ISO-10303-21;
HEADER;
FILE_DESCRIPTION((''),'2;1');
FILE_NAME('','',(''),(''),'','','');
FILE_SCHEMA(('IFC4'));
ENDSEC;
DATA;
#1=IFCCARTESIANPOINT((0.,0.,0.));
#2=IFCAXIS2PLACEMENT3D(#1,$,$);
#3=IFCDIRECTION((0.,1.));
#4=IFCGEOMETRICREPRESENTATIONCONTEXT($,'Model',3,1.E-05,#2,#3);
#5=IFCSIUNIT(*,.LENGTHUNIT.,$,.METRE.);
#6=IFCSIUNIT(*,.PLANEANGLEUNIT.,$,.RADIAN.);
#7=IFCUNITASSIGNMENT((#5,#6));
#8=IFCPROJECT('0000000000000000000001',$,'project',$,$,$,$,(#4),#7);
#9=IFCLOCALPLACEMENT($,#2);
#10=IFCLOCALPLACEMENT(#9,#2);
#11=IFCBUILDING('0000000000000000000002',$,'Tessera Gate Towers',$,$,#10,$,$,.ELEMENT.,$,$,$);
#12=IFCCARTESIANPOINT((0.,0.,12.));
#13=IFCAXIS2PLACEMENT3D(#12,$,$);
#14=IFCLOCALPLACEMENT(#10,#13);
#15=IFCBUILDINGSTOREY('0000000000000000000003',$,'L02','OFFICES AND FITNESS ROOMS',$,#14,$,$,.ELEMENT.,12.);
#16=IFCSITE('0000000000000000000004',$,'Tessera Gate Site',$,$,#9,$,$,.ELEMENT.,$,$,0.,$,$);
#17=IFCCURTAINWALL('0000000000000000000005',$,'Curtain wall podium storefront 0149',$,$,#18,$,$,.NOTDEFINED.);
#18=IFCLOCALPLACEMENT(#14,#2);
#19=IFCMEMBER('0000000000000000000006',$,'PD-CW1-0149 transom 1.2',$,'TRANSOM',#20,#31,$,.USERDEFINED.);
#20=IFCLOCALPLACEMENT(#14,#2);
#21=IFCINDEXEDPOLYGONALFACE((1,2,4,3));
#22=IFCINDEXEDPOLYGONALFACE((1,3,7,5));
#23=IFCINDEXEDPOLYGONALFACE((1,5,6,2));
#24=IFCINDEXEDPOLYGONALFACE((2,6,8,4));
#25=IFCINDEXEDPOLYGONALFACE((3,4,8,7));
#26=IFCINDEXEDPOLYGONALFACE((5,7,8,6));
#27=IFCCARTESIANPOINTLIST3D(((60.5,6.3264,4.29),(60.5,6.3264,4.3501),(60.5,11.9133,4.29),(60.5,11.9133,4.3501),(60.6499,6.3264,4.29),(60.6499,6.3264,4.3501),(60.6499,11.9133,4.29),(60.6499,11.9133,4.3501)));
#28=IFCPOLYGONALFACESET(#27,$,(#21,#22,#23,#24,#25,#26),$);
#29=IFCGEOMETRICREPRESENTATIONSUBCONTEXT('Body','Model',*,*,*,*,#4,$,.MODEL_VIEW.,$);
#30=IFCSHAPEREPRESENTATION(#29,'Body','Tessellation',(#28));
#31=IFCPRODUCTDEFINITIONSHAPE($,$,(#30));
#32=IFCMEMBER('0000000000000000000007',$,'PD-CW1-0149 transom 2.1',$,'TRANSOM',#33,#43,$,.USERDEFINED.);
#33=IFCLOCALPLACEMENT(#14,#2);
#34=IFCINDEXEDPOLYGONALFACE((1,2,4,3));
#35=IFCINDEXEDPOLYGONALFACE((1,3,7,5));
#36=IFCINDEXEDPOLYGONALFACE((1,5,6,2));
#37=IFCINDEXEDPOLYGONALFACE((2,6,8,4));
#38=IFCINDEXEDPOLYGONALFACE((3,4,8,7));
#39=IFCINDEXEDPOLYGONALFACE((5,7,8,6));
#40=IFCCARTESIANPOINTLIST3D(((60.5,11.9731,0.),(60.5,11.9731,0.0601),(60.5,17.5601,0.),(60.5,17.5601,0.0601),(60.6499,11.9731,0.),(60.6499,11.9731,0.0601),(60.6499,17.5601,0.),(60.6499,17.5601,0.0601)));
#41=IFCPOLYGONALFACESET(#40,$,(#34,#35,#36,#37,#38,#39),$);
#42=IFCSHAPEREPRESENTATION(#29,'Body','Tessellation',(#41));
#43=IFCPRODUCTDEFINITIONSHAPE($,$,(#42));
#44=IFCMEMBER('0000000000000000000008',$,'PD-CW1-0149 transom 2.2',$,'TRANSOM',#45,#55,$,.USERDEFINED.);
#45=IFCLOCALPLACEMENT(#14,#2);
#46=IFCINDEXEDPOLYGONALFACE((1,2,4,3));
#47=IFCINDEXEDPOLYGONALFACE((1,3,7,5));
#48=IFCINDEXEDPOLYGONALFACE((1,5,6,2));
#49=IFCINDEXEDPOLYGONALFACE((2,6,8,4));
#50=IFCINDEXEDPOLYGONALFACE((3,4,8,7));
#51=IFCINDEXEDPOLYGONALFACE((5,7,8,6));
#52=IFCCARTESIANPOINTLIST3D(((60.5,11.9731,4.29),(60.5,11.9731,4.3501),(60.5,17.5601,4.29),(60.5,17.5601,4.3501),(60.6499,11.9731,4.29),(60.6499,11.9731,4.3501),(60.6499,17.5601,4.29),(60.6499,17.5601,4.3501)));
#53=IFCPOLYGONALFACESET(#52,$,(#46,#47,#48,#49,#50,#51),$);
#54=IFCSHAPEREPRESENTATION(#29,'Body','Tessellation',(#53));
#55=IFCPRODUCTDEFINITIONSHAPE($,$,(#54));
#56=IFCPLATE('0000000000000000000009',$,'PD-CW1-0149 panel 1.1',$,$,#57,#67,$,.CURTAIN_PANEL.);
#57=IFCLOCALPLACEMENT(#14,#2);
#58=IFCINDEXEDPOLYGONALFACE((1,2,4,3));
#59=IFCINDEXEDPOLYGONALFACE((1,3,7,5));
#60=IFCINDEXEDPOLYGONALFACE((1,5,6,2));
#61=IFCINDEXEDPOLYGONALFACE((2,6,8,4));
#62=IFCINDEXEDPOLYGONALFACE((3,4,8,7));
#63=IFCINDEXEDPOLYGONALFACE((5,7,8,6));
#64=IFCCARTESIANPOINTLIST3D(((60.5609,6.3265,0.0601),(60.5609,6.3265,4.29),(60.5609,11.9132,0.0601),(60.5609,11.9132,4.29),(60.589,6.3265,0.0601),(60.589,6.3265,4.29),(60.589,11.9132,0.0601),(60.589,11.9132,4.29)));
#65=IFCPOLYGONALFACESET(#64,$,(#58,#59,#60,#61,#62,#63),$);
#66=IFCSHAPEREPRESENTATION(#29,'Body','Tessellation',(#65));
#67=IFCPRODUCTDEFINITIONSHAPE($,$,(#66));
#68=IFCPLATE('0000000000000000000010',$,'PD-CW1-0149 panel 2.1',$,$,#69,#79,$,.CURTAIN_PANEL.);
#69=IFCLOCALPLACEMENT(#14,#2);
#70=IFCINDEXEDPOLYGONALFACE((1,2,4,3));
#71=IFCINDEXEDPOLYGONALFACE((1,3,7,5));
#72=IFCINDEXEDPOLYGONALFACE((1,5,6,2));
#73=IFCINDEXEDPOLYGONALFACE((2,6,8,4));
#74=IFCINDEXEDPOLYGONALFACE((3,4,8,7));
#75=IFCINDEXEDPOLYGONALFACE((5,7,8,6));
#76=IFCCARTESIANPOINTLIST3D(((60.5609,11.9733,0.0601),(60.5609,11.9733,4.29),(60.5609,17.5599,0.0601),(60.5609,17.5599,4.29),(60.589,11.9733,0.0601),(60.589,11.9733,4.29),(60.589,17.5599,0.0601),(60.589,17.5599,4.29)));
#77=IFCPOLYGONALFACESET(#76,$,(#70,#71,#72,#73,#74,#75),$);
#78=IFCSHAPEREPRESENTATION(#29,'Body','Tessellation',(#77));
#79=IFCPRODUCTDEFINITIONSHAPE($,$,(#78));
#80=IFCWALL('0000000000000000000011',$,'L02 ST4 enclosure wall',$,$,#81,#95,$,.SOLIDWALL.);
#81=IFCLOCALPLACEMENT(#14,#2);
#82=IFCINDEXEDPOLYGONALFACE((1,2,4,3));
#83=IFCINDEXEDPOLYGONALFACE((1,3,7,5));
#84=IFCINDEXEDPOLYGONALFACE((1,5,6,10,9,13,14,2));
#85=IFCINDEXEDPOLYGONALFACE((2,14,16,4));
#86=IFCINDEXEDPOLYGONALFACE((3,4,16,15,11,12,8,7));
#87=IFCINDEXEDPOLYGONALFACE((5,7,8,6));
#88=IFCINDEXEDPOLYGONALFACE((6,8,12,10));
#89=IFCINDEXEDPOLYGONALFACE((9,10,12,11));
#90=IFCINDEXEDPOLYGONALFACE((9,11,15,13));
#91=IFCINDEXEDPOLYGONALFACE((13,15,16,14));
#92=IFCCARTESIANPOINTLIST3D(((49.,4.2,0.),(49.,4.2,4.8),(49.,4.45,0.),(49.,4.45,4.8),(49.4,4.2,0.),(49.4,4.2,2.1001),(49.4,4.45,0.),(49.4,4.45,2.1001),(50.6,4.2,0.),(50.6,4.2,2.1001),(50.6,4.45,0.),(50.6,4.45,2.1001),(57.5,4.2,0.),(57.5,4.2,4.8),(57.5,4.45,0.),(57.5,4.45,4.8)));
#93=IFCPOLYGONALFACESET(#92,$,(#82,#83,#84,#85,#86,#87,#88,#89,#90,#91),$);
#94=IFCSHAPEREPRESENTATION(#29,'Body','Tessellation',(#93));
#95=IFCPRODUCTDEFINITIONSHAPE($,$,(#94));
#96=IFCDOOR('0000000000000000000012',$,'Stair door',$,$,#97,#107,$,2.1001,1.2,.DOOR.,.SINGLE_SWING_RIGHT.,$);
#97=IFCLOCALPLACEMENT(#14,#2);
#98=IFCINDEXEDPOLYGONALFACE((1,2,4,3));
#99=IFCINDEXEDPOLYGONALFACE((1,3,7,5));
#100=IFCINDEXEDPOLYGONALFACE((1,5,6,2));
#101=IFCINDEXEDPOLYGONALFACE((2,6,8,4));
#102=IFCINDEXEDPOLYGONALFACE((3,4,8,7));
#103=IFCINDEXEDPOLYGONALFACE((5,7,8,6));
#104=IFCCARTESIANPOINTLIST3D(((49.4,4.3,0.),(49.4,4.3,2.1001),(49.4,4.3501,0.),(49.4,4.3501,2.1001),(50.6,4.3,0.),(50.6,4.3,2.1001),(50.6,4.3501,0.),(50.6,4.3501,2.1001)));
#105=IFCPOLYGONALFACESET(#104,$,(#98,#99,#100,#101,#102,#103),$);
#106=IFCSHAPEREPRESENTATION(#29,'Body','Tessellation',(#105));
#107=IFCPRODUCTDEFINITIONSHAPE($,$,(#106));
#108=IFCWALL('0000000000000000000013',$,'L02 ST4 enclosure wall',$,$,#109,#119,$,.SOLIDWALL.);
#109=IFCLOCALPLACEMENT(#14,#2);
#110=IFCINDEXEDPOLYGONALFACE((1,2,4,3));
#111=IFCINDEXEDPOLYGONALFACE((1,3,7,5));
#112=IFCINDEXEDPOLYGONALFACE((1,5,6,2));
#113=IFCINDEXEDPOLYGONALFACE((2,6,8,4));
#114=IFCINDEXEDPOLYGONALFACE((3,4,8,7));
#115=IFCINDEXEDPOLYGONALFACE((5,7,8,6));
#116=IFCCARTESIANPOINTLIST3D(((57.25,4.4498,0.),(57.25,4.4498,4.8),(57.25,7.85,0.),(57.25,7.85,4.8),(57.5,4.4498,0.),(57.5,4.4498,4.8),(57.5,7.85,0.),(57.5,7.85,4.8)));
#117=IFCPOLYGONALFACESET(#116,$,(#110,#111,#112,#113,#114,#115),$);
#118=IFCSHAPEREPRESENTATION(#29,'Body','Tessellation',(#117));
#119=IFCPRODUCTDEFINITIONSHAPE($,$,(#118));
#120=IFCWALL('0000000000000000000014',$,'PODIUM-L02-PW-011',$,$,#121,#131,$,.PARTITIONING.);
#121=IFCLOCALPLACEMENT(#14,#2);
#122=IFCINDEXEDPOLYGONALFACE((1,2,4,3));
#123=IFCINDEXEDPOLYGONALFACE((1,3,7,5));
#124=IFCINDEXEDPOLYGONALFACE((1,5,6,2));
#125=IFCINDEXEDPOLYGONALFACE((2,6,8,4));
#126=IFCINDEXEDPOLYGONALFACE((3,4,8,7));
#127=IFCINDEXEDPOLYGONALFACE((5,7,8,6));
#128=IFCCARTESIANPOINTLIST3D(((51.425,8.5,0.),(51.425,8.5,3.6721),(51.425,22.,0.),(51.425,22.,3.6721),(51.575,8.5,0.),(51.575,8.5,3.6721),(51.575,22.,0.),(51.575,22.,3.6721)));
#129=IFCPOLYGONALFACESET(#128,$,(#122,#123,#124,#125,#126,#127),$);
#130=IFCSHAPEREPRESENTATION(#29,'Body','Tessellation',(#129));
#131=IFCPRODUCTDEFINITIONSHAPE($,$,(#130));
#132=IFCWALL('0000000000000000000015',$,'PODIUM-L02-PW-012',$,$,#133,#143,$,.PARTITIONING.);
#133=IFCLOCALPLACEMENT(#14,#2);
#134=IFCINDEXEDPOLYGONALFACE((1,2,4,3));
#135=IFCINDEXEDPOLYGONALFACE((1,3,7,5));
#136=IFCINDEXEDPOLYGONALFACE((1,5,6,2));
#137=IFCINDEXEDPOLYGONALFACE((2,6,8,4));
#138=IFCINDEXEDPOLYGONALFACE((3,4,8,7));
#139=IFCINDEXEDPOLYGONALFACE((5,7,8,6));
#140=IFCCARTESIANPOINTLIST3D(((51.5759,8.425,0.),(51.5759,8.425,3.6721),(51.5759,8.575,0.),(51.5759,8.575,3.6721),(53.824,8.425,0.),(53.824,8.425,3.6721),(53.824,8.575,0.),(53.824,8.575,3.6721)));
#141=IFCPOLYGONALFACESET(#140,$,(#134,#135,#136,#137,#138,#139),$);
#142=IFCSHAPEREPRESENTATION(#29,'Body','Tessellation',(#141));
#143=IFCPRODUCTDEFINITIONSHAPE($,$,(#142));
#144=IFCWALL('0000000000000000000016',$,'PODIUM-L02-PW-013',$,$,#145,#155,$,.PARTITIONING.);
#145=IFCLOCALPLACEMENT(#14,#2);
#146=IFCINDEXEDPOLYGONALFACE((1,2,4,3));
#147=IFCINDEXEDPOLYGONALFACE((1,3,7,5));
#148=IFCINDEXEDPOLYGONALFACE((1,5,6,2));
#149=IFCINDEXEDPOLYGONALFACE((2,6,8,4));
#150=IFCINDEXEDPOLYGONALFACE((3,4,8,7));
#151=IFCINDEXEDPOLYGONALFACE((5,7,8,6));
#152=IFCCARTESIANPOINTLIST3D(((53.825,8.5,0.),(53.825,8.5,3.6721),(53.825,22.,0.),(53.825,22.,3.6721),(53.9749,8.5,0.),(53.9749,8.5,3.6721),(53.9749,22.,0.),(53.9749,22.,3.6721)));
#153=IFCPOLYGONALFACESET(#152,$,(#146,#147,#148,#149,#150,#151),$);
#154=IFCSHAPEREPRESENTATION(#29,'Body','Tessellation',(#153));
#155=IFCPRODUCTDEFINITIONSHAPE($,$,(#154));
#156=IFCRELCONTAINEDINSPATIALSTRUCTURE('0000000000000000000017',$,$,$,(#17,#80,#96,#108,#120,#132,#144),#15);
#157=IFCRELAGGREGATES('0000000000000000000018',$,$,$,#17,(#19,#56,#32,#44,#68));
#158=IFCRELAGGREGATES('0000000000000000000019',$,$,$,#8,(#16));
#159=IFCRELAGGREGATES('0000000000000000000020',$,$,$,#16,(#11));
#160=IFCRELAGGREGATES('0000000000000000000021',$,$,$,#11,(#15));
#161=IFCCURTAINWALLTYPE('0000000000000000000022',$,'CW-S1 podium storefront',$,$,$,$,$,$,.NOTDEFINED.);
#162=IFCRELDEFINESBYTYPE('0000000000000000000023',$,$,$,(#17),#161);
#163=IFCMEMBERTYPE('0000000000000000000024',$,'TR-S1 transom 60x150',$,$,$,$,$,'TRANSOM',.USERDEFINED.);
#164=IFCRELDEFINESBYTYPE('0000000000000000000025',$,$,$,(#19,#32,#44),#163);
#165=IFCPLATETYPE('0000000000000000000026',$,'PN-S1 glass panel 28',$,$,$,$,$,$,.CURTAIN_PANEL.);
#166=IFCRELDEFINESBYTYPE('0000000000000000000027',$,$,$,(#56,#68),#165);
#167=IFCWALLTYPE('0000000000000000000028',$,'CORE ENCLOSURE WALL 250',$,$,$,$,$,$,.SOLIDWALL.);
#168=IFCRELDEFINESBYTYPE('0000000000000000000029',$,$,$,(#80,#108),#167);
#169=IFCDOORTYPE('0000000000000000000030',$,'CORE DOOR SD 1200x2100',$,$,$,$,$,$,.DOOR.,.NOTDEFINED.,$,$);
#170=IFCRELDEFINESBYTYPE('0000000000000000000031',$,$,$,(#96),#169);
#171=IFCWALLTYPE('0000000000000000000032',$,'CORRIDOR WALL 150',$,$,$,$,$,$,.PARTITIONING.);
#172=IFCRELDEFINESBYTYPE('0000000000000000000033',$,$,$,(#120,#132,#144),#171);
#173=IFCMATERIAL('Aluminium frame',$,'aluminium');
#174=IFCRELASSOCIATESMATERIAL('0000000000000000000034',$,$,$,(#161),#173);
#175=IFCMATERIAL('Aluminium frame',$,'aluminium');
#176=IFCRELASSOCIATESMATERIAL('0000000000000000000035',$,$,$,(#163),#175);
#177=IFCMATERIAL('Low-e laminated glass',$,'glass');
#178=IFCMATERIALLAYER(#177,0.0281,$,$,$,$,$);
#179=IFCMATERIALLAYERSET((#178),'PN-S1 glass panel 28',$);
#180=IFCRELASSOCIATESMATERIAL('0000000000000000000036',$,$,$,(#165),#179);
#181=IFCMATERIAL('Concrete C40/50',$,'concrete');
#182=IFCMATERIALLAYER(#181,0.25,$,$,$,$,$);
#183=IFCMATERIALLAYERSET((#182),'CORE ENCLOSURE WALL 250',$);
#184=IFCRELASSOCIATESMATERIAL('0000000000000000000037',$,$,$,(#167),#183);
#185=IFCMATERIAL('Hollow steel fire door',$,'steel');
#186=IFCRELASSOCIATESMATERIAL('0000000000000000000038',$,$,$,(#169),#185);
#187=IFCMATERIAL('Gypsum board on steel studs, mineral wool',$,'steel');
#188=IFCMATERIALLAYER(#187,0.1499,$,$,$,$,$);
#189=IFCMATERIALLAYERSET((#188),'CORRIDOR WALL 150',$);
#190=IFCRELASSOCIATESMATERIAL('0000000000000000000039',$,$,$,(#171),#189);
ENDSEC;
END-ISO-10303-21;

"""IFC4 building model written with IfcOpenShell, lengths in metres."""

from ifc_helpers import new_model, si_unit, direction, frame, frame_2d, origin, origin_2d, place, context, subcontext, project, spatial, rectangle, extrude, source, transform, mapped, material, layer, layer_set, material_profile, profile_set, type_object, element, fill, aggregate, save


model = new_model("IFC4")

# Units and contexts
model_context = context("Model", 3, precision=1e-05, world=origin(), true_north=direction((0.0, 1.0)))
body_context = subcontext(model_context, "Body", "Model", "MODEL_VIEW")
ifc_project = project(units=[si_unit("LENGTHUNIT", "METRE"), si_unit("PLANEANGLEUNIT", "RADIAN")], contexts=[model_context])

# Site, building, storey
site_placement = place(None, origin())
site = spatial("IfcSite", under=ifc_project, at=site_placement, Name="Tessera Gate Site", CompositionType="ELEMENT", RefElevation=0.0)
building_placement = place(site_placement, origin())
building = spatial("IfcBuilding", under=site, at=building_placement, Name="Tessera Gate Towers", CompositionType="ELEMENT")
storey_placement = place(building_placement, frame((0.0, 0.0, 12.0)))
storey = spatial("IfcBuildingStorey", under=building, at=storey_placement, Name="L02", Description="OFFICES AND FITNESS ROOMS", CompositionType="ELEMENT", Elevation=12.0)

# Curtain wall, members, plates
ifc_material_1 = material(Name="Aluminium frame", Category="aluminium")
curtain_wall_type = type_object("IfcCurtainWallType", Name="CW-S1 podium storefront", PredefinedType="NOTDEFINED", material=ifc_material_1)
curtain_wall_placement = place(storey_placement, origin())
curtain_wall = element("IfcCurtainWall", 1, at=curtain_wall_placement, inside=storey, type_object=curtain_wall_type, Name="Curtain wall podium storefront 0149", PredefinedType="NOTDEFINED")
ifc_material_2 = material(Name="Aluminium frame", Category="aluminium")
ifc_material_profile_1 = material_profile(ifc_material_2, rectangle(XDim=0.1499, YDim=0.0601, at=origin_2d()), Name="AL 60x150")
ifc_profile_set_1 = profile_set([ifc_material_profile_1], Name="Aluminium frame")
member_type_1 = type_object("IfcMemberType", Name="TR-S1 transom 60x150", ElementType="TRANSOM", PredefinedType="USERDEFINED", material=ifc_profile_set_1)
member_1_placement = place(storey_placement, frame((60.575, 6.3264, 4.3201), z_axis=(0.0, 1.0, 0.0), x_axis=(-1.0, 0.0, 0.0)))
member_1 = element("IfcMember", 2, at=member_1_placement, type_object=member_type_1, Name="PD-CW1-0149 transom 1.2", ObjectType="TRANSOM", PredefinedType="USERDEFINED", context=body_context, shape_type="SweptSolid", body=[
    extrude(rectangle(XDim=0.1499, YDim=0.0601, at=origin_2d()), origin(), (0.0, 0.0, 1.0), 5.5869),
])
member_2_placement = place(storey_placement, frame((60.575, 11.9731, 0.03), z_axis=(0.0, 1.0, 0.0), x_axis=(-1.0, 0.0, 0.0)))
member_2 = element("IfcMember", 3, at=member_2_placement, type_object=member_type_1, Name="PD-CW1-0149 transom 2.1", ObjectType="TRANSOM", PredefinedType="USERDEFINED", context=body_context, shape_type="SweptSolid", body=[
    extrude(rectangle(XDim=0.1499, YDim=0.0601, at=origin_2d()), origin(), (0.0, 0.0, 1.0), 5.5869),
])
member_3_placement = place(storey_placement, frame((60.575, 11.9731, 4.3201), z_axis=(0.0, 1.0, 0.0), x_axis=(-1.0, 0.0, 0.0)))
member_3 = element("IfcMember", 4, at=member_3_placement, type_object=member_type_1, Name="PD-CW1-0149 transom 2.2", ObjectType="TRANSOM", PredefinedType="USERDEFINED", context=body_context, shape_type="SweptSolid", body=[
    extrude(rectangle(XDim=0.1499, YDim=0.0601, at=origin_2d()), origin(), (0.0, 0.0, 1.0), 5.5869),
])
ifc_material_3 = material(Name="Low-e laminated glass", Category="glass")
ifc_layer_1 = layer(ifc_material_3, 0.0281)
ifc_layer_set_1 = layer_set([ifc_layer_1], Name="PN-S1 glass panel 28")
plate_type = type_object("IfcPlateType", Name="PN-S1 glass panel 28", PredefinedType="CURTAIN_PANEL", material=ifc_layer_set_1)
plate_1_placement = place(storey_placement, frame((60.575, 9.1199, 0.0601), z_axis=(0.0, 0.0, 1.0), x_axis=(0.0, 1.0, 0.0)))
plate_1 = element("IfcPlate", 5, at=plate_1_placement, type_object=plate_type, Name="PD-CW1-0149 panel 1.1", PredefinedType="CURTAIN_PANEL", context=body_context, shape_type="SweptSolid", body=[
    extrude(rectangle(XDim=5.5867, YDim=0.0281, at=origin_2d()), origin(), (0.0, 0.0, 1.0), 4.23),
])
plate_2_placement = place(storey_placement, frame((60.575, 14.7666, 0.0601), z_axis=(0.0, 0.0, 1.0), x_axis=(0.0, 1.0, 0.0)))
plate_2 = element("IfcPlate", 6, at=plate_2_placement, type_object=plate_type, Name="PD-CW1-0149 panel 2.1", PredefinedType="CURTAIN_PANEL", context=body_context, shape_type="SweptSolid", body=[
    extrude(rectangle(XDim=5.5867, YDim=0.0281, at=origin_2d()), origin(), (0.0, 0.0, 1.0), 4.23),
])
aggregate(curtain_wall, [member_1, plate_1, member_2, member_3, plate_2])

# Wall, opening, door
ifc_material_4 = material(Name="Concrete C40/50", Category="concrete")
ifc_layer_2 = layer(ifc_material_4, 0.25)
ifc_layer_set_2 = layer_set([ifc_layer_2], Name="CORE ENCLOSURE WALL 250")
wall_type_1 = type_object("IfcWallType", Name="CORE ENCLOSURE WALL 250", PredefinedType="SOLIDWALL", material=ifc_layer_set_2)
wall_1_placement = place(storey_placement, frame((57.5, 4.325, 0.0), z_axis=(0.0, 0.0, 1.0), x_axis=(-1.0, 0.0, 0.0)))
wall_1 = element("IfcWall", 7, at=wall_1_placement, inside=storey, type_object=wall_type_1, Name="L02 ST4 enclosure wall", PredefinedType="SOLIDWALL", context=body_context, shape_type="SweptSolid", body=[
    extrude(rectangle(XDim=8.5, YDim=0.25, at=frame_2d((4.25, 0.0))), origin(), (0.0, 0.0, 1.0), 4.8),
])
shared_shape_1 = source(origin(), body_context, "Body", "SweptSolid", [
    extrude(rectangle(XDim=1.2, YDim=2.1001, at=frame_2d((0.6001, 1.05))), frame((0.0, 0.135, 0.0), z_axis=(0.0, -1.0, 0.0), x_axis=(1.0, 0.0, 0.0)), (0.0, 0.0, 1.0), 0.27),
])
opening_1_placement = place(wall_1_placement, frame((6.8999, 0.0, 0.0)))
opening_1 = element("IfcOpeningElement", 8, at=opening_1_placement, cuts=wall_1, PredefinedType="OPENING", context=body_context, shape_type="MappedRepresentation", body=[
    mapped(shared_shape_1, transform((0.0, 0.0, 0.0), scale=1.0)),
])
ifc_material_5 = material(Name="Hollow steel fire door", Category="steel")
door_type_1 = type_object("IfcDoorType", Name="CORE DOOR SD 1200x2100", OperationType="NOTDEFINED", PredefinedType="DOOR", material=ifc_material_5)
shared_shape_2 = source(origin(), body_context, "Body", "SweptSolid", [
    extrude(rectangle(XDim=1.2, YDim=2.1001, at=frame_2d((0.6001, 1.05))), frame((0.0, 0.0249, 0.0), z_axis=(0.0, -1.0, 0.0), x_axis=(1.0, 0.0, 0.0)), (0.0, 0.0, 1.0), 0.05),
])
door_1_placement = place(opening_1_placement, origin())
door_1 = element("IfcDoor", 9, at=door_1_placement, inside=storey, type_object=door_type_1, Name="Stair door", OperationType="SINGLE_SWING_RIGHT", OverallHeight=2.1001, OverallWidth=1.2, PredefinedType="DOOR", context=body_context, shape_type="MappedRepresentation", body=[
    mapped(shared_shape_2, transform((0.0, 0.0, 0.0), scale=1.0)),
])
fill(opening_1, door_1)

# Walls
wall_2_placement = place(storey_placement, frame((57.375, 7.8501, 0.0), z_axis=(0.0, 0.0, 1.0), x_axis=(0.0, -1.0, 0.0)))
element("IfcWall", 10, at=wall_2_placement, inside=storey, type_object=wall_type_1, Name="L02 ST4 enclosure wall", PredefinedType="SOLIDWALL", context=body_context, shape_type="SweptSolid", body=[
    extrude(rectangle(XDim=3.4001, YDim=0.25, at=frame_2d((1.7002, 0.0))), origin(), (0.0, 0.0, 1.0), 4.8),
])
ifc_material_6 = material(Name="Gypsum board on steel studs, mineral wool", Category="steel")
ifc_layer_3 = layer(ifc_material_6, 0.1499)
ifc_layer_set_3 = layer_set([ifc_layer_3], Name="CORRIDOR WALL 150")
wall_type_2 = type_object("IfcWallType", Name="CORRIDOR WALL 150", PredefinedType="PARTITIONING", material=ifc_layer_set_3)
wall_3_placement = place(storey_placement, frame((51.5, 8.5, 0.0), z_axis=(0.0, 0.0, 1.0), x_axis=(0.0, 1.0, 0.0)))
element("IfcWall", 11, at=wall_3_placement, inside=storey, type_object=wall_type_2, Name="PODIUM-L02-PW-011", PredefinedType="PARTITIONING", context=body_context, shape_type="SweptSolid", body=[
    extrude(rectangle(XDim=13.5, YDim=0.1499, at=frame_2d((6.75, 0.0))), origin(), (0.0, 0.0, 1.0), 3.6721),
])
wall_4_placement = place(storey_placement, frame((51.5759, 8.5, 0.0), z_axis=(0.0, 0.0, 1.0), x_axis=(1.0, 0.0, 0.0)))
element("IfcWall", 12, at=wall_4_placement, inside=storey, type_object=wall_type_2, Name="PODIUM-L02-PW-012", PredefinedType="PARTITIONING", context=body_context, shape_type="SweptSolid", body=[
    extrude(rectangle(XDim=2.248, YDim=0.1499, at=frame_2d((1.124, 0.0))), origin(), (0.0, 0.0, 1.0), 3.6721),
])
wall_5_placement = place(storey_placement, frame((53.8999, 8.5, 0.0), z_axis=(0.0, 0.0, 1.0), x_axis=(0.0, 1.0, 0.0)))
element("IfcWall", 13, at=wall_5_placement, inside=storey, type_object=wall_type_2, Name="PODIUM-L02-PW-013", PredefinedType="PARTITIONING", context=body_context, shape_type="SweptSolid", body=[
    extrude(rectangle(XDim=13.5, YDim=0.1499, at=frame_2d((6.75, 0.0))), origin(), (0.0, 0.0, 1.0), 3.6721),
])

save(model, "model.ifc")
